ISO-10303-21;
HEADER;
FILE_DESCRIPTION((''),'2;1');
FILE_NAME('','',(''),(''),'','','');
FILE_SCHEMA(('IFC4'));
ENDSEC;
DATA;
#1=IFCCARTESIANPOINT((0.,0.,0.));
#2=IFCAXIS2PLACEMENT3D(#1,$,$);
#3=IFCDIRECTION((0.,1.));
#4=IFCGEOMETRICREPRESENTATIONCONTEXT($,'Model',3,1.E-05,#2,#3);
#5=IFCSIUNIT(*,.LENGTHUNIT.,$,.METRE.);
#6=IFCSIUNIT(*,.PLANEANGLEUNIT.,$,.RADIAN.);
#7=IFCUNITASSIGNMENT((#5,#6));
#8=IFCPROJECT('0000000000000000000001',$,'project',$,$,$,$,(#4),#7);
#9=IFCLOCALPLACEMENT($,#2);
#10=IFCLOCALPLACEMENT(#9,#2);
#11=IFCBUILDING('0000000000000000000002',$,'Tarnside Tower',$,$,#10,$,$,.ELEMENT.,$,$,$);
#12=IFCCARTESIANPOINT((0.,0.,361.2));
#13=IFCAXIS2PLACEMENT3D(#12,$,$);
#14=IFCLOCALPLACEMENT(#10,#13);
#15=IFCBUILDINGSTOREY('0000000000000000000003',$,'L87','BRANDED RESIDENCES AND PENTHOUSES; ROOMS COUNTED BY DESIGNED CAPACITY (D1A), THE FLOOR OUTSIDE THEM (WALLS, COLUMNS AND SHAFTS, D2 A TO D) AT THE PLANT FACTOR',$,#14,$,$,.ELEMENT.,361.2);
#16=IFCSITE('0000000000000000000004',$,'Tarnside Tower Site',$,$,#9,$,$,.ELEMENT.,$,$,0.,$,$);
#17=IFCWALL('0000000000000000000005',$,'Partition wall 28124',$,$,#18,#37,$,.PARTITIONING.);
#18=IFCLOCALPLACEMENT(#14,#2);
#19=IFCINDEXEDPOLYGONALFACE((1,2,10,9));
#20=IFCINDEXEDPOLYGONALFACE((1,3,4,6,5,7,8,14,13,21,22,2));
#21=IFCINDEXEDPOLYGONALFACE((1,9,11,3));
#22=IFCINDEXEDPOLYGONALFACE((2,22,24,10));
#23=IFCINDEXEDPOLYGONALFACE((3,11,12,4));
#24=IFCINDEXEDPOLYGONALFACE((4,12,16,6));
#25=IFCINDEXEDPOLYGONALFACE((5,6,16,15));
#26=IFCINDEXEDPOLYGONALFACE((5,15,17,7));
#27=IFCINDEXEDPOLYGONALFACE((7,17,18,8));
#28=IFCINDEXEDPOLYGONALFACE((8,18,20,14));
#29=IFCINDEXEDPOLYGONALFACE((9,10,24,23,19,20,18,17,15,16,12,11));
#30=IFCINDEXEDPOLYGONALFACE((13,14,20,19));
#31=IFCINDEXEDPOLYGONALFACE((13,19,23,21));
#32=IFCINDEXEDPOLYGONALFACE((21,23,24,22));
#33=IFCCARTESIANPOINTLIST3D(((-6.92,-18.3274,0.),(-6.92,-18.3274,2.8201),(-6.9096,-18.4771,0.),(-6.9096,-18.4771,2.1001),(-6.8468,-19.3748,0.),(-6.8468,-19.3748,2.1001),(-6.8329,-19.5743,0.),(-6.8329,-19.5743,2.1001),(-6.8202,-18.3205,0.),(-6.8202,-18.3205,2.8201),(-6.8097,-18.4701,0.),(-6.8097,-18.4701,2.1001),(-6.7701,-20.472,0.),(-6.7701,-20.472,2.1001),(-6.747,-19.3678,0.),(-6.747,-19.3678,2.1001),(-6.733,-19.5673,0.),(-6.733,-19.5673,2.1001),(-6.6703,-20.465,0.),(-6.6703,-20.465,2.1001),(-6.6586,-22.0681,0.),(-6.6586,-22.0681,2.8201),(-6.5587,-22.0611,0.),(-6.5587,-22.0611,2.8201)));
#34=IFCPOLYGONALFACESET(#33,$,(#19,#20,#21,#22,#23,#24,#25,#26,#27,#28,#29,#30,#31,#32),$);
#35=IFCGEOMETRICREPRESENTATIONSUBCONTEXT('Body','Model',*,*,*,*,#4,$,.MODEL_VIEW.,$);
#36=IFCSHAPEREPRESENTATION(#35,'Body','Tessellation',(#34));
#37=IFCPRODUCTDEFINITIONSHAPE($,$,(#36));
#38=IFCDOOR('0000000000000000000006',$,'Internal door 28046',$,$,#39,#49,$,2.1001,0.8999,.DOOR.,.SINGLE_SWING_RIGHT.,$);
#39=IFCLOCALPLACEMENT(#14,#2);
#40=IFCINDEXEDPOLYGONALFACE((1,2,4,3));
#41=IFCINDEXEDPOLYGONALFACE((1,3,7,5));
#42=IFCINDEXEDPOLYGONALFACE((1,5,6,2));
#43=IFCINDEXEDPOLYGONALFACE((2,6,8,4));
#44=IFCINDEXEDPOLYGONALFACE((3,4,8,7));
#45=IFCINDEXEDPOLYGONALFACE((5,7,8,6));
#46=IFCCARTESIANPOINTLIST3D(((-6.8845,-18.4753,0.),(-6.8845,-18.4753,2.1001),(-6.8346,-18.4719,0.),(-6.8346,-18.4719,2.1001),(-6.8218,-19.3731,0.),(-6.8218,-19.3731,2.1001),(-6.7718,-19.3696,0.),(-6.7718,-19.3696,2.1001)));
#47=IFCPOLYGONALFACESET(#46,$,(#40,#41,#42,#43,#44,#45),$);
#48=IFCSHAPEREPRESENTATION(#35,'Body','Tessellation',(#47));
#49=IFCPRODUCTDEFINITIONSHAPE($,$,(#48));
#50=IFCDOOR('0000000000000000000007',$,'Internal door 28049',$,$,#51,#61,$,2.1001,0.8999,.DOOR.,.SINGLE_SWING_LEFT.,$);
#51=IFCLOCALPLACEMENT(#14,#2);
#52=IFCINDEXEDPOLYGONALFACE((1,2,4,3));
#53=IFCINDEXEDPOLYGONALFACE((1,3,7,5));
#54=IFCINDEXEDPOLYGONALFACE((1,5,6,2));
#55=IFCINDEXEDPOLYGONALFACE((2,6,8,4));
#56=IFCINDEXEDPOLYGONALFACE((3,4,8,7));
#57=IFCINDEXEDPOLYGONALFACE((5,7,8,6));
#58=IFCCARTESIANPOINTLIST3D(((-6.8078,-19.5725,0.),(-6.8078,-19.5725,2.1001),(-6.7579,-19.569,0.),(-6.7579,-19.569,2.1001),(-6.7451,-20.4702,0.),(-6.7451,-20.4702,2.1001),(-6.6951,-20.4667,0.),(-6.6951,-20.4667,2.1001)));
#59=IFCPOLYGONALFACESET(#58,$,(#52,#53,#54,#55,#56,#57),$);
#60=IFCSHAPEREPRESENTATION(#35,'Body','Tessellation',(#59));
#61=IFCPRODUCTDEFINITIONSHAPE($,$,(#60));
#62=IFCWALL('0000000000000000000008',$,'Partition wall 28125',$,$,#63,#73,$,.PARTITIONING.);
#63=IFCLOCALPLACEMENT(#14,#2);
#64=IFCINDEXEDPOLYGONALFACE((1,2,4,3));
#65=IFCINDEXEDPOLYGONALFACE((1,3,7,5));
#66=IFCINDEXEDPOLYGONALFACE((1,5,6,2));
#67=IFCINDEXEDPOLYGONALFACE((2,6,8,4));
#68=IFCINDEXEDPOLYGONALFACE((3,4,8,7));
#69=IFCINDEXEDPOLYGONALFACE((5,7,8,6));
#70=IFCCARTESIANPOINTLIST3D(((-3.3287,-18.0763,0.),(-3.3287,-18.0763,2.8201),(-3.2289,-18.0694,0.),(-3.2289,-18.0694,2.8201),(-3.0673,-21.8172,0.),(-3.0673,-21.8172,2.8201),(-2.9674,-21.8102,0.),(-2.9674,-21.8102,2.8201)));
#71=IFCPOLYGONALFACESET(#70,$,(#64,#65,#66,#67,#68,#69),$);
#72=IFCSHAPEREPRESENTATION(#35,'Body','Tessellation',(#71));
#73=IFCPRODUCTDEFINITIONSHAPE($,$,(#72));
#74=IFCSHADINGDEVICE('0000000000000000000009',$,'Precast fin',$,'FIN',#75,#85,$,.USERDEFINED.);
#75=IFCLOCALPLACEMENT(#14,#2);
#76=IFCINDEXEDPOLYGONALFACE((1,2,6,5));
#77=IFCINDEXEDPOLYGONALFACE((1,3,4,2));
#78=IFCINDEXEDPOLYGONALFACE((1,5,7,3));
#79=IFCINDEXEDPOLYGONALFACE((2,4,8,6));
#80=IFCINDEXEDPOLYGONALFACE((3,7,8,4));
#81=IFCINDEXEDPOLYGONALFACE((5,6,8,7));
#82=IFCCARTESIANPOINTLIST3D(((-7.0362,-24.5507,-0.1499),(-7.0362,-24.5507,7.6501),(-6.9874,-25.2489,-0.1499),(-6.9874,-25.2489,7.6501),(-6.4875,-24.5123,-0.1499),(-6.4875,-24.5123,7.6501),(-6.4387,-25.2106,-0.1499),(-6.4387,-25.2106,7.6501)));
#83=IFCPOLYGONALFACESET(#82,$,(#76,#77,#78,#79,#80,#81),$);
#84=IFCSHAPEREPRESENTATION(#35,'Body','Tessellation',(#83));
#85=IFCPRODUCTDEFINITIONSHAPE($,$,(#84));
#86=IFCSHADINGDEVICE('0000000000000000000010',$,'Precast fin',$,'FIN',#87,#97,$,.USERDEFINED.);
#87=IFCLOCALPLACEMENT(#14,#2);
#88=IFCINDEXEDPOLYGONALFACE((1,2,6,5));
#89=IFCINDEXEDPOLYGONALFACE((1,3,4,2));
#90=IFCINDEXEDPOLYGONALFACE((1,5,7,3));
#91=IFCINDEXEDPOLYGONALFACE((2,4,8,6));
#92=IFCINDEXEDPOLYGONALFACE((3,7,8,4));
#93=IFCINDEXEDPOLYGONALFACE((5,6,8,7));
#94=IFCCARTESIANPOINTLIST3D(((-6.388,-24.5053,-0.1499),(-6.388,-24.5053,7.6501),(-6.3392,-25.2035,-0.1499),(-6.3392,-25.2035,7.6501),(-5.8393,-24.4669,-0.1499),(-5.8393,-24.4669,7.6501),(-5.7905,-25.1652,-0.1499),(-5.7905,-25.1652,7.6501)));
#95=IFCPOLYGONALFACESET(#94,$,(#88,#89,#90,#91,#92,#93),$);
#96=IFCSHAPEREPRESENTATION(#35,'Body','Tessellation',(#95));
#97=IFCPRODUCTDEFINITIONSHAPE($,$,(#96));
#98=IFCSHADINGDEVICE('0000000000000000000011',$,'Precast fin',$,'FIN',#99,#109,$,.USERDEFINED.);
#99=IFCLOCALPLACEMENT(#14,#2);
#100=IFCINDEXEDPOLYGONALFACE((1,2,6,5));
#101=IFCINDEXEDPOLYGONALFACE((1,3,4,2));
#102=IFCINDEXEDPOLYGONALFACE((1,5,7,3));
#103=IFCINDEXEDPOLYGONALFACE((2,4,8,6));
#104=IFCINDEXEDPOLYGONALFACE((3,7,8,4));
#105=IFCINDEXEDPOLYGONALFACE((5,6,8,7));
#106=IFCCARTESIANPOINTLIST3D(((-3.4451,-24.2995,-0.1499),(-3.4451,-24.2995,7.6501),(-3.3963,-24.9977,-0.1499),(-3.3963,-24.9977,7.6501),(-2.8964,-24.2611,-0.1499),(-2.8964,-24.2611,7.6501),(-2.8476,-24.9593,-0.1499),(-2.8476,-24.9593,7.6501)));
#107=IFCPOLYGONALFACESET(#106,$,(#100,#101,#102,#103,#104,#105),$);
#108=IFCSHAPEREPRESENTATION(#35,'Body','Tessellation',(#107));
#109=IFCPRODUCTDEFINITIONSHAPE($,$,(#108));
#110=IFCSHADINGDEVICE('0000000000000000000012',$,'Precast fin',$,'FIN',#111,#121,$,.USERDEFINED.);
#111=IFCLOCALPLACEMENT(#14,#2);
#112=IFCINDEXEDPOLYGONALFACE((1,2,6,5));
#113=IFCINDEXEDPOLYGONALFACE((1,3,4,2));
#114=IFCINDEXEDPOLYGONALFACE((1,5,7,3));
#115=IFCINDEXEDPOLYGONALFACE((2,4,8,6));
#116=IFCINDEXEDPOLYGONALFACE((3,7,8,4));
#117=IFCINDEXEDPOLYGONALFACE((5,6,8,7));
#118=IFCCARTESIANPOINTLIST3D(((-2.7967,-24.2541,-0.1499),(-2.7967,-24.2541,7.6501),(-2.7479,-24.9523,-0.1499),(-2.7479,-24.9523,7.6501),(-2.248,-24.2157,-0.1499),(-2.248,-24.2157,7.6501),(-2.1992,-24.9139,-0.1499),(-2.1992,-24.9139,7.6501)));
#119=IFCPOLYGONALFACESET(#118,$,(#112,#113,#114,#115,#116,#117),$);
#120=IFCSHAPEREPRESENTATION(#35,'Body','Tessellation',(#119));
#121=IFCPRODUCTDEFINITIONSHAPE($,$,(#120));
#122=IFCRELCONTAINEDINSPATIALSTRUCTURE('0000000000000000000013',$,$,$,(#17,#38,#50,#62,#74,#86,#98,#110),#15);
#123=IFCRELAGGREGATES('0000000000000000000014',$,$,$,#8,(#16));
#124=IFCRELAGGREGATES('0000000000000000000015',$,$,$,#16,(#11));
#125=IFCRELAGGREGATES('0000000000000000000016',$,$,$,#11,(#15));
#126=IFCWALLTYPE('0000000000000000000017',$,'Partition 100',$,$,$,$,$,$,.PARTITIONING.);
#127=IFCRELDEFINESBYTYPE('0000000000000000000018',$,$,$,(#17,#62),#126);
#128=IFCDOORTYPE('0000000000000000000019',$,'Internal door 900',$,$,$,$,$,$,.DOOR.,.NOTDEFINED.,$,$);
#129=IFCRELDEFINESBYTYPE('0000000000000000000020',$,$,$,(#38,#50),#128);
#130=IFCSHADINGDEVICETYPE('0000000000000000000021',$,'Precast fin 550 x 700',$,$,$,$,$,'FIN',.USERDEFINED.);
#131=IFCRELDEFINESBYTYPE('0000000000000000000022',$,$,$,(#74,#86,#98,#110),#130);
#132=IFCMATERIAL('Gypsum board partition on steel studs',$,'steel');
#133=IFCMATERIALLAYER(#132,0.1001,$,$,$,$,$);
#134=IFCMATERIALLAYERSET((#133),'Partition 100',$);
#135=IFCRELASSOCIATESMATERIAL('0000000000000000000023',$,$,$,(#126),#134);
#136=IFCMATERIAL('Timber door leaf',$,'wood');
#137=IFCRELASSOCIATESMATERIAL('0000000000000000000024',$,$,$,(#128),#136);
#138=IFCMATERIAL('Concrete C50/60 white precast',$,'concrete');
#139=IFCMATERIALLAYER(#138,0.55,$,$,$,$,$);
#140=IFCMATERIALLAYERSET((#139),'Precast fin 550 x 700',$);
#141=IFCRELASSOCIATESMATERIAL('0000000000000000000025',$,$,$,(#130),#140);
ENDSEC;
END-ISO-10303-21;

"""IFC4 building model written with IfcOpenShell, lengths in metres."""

from ifc_helpers import new_model, si_unit, direction, frame, frame_2d, origin, place, context, subcontext, project, spatial, polyline, rectangle, outline, extrude, material, layer, layer_set, type_object, element, fill, save


model = new_model("IFC4")

# Units and contexts
model_context = context("Model", 3, precision=1e-05, world=origin(), true_north=direction((0.0, 1.0)))
body_context = subcontext(model_context, "Body", "Model", "MODEL_VIEW")
ifc_project = project(units=[si_unit("LENGTHUNIT", "METRE"), si_unit("PLANEANGLEUNIT", "RADIAN")], contexts=[model_context])

# Site, building, storey
site_placement = place(None, origin())
site = spatial("IfcSite", under=ifc_project, at=site_placement, Name="Tarnside Tower Site", CompositionType="ELEMENT", RefElevation=0.0)
building_placement = place(site_placement, origin())
building = spatial("IfcBuilding", under=site, at=building_placement, Name="Tarnside Tower", CompositionType="ELEMENT")
storey_placement = place(building_placement, frame((0.0, 0.0, 361.2)))
storey = spatial("IfcBuildingStorey", under=building, at=storey_placement, Name="L87", Description="BRANDED RESIDENCES AND PENTHOUSES; ROOMS COUNTED BY DESIGNED CAPACITY (D1A), THE FLOOR OUTSIDE THEM (WALLS, COLUMNS AND SHAFTS, D2 A TO D) AT THE PLANT FACTOR", CompositionType="ELEMENT", Elevation=361.2)

# Shared definitions
ifc_material_1 = material(Name="Gypsum board partition on steel studs", Category="steel")

# Wall, openings, doors
ifc_layer_1 = layer(ifc_material_1, 0.1001)
ifc_layer_set_1 = layer_set([ifc_layer_1], Name="Partition 100")
wall_type_1 = type_object("IfcWallType", Name="Partition 100", PredefinedType="PARTITIONING", material=ifc_layer_set_1)
wall_1_placement = place(storey_placement, frame((-6.6086, -22.0647, 0.0), z_axis=(0.0, 0.0, 1.0), x_axis=(-0.069729, 0.997566, 0.0)))
wall_1 = element("IfcWall", 1, at=wall_1_placement, inside=storey, type_object=wall_type_1, Name="Partition wall 28124", PredefinedType="PARTITIONING", context=body_context, shape_type="SweptSolid", body=[
    extrude(rectangle(XDim=3.7498, YDim=0.1001, at=frame_2d((1.875, 0.0))), origin(), (0.0, 0.0, 1.0), 2.8201),
])
opening_1_placement = place(wall_1_placement, frame((2.7, 0.0, 0.0)))
opening_1 = element("IfcOpeningElement", 2, at=opening_1_placement, cuts=wall_1, PredefinedType="OPENING", context=body_context, shape_type="SweptSolid", body=[
    extrude(rectangle(XDim=0.8999, YDim=2.1001, at=frame_2d((0.45, 1.05))), frame((0.0, 0.0601, 0.0), z_axis=(0.0, -1.0, 0.0), x_axis=(1.0, 0.0, 0.0)), (0.0, 0.0, 1.0), 0.1201),
])
opening_2_placement = place(wall_1_placement, frame((1.6001, 0.0, 0.0)))
opening_2 = element("IfcOpeningElement", 3, at=opening_2_placement, cuts=wall_1, PredefinedType="OPENING", context=body_context, shape_type="SweptSolid", body=[
    extrude(rectangle(XDim=0.8999, YDim=2.1001, at=frame_2d((0.45, 1.05))), frame((0.0, 0.0601, 0.0), z_axis=(0.0, -1.0, 0.0), x_axis=(1.0, 0.0, 0.0)), (0.0, 0.0, 1.0), 0.1201),
])
ifc_material_2 = material(Name="Timber door leaf", Category="wood")
door_type = type_object("IfcDoorType", Name="Internal door 900", OperationType="NOTDEFINED", PredefinedType="DOOR", material=ifc_material_2)
door_1_placement = place(opening_1_placement, origin())
door_1 = element("IfcDoor", 4, at=door_1_placement, inside=storey, type_object=door_type, Name="Internal door 28046", OperationType="SINGLE_SWING_RIGHT", OverallHeight=2.1001, OverallWidth=0.8999, PredefinedType="DOOR", context=body_context, shape_type="SweptSolid", body=[
    extrude(rectangle(XDim=0.8999, YDim=2.1001, at=frame_2d((0.45, 1.05))), frame((0.0, 0.0249, 0.0), z_axis=(0.0, -1.0, 0.0), x_axis=(1.0, 0.0, 0.0)), (0.0, 0.0, 1.0), 0.05),
])
fill(opening_1, door_1)
door_2_placement = place(opening_2_placement, origin())
door_2 = element("IfcDoor", 5, at=door_2_placement, inside=storey, type_object=door_type, Name="Internal door 28049", OperationType="SINGLE_SWING_LEFT", OverallHeight=2.1001, OverallWidth=0.8999, PredefinedType="DOOR", context=body_context, shape_type="SweptSolid", body=[
    extrude(rectangle(XDim=0.8999, YDim=2.1001, at=frame_2d((0.45, 1.05))), frame((0.0, 0.0249, 0.0), z_axis=(0.0, -1.0, 0.0), x_axis=(1.0, 0.0, 0.0)), (0.0, 0.0, 1.0), 0.05),
])
fill(opening_2, door_2)

# Wall
wall_2_placement = place(storey_placement, frame((-3.0173, -21.8137, 0.0), z_axis=(0.0, 0.0, 1.0), x_axis=(-0.069725, 0.997566, 0.0)))
element("IfcWall", 6, at=wall_2_placement, inside=storey, type_object=wall_type_1, Name="Partition wall 28125", PredefinedType="PARTITIONING", context=body_context, shape_type="SweptSolid", body=[
    extrude(rectangle(XDim=3.75, YDim=0.1001, at=frame_2d((1.875, 0.0))), origin(), (0.0, 0.0, 1.0), 2.8201),
])

# Shading devices
ifc_material_3 = material(Name="Concrete C50/60 white precast", Category="concrete")
ifc_layer_2 = layer(ifc_material_3, 0.55)
ifc_layer_set_2 = layer_set([ifc_layer_2], Name="Precast fin 550 x 700")
shading_device_type = type_object("IfcShadingDeviceType", Name="Precast fin 550 x 700", ElementType="FIN", PredefinedType="USERDEFINED", material=ifc_layer_set_2)
for number, where, z_axis, x_axis, name in (
    (7, (-6.7617, -24.5315, -0.1499), (-0.997564, -0.069756, 0.0), (0.069756, -0.997564, 0.0), "Precast fin"),
    (8, (-6.1135, -24.4861, -0.1499), (-0.997564, -0.069756, 0.0), (0.069756, -0.997564, 0.0), "Precast fin"),
    (9, (-3.1707, -24.2803, -0.1499), (-0.997564, -0.069756, 0.0), (0.069756, -0.997564, 0.0), "Precast fin"),
    (10, (-2.5222, -24.2349, -0.1499), (-0.997564, -0.069756, 0.0), (0.069756, -0.997564, 0.0), "Precast fin"),
):
    element("IfcShadingDevice", number, at=place(storey_placement, frame(where, z_axis=z_axis, x_axis=x_axis)), inside=storey, type_object=shading_device_type, Name=name, ObjectType="FIN", PredefinedType="USERDEFINED", context=body_context, shape_type="SweptSolid", body=[
        extrude(outline(polyline([(0.0, 0.0), (0.7, 0.0), (0.7, 7.8), (0.0, 7.8), (0.0, 0.0)])), frame((0.0, 0.0, -0.2749)), (0.0, 0.0, 1.0), 0.55),
    ])

save(model, "model.ifc")
